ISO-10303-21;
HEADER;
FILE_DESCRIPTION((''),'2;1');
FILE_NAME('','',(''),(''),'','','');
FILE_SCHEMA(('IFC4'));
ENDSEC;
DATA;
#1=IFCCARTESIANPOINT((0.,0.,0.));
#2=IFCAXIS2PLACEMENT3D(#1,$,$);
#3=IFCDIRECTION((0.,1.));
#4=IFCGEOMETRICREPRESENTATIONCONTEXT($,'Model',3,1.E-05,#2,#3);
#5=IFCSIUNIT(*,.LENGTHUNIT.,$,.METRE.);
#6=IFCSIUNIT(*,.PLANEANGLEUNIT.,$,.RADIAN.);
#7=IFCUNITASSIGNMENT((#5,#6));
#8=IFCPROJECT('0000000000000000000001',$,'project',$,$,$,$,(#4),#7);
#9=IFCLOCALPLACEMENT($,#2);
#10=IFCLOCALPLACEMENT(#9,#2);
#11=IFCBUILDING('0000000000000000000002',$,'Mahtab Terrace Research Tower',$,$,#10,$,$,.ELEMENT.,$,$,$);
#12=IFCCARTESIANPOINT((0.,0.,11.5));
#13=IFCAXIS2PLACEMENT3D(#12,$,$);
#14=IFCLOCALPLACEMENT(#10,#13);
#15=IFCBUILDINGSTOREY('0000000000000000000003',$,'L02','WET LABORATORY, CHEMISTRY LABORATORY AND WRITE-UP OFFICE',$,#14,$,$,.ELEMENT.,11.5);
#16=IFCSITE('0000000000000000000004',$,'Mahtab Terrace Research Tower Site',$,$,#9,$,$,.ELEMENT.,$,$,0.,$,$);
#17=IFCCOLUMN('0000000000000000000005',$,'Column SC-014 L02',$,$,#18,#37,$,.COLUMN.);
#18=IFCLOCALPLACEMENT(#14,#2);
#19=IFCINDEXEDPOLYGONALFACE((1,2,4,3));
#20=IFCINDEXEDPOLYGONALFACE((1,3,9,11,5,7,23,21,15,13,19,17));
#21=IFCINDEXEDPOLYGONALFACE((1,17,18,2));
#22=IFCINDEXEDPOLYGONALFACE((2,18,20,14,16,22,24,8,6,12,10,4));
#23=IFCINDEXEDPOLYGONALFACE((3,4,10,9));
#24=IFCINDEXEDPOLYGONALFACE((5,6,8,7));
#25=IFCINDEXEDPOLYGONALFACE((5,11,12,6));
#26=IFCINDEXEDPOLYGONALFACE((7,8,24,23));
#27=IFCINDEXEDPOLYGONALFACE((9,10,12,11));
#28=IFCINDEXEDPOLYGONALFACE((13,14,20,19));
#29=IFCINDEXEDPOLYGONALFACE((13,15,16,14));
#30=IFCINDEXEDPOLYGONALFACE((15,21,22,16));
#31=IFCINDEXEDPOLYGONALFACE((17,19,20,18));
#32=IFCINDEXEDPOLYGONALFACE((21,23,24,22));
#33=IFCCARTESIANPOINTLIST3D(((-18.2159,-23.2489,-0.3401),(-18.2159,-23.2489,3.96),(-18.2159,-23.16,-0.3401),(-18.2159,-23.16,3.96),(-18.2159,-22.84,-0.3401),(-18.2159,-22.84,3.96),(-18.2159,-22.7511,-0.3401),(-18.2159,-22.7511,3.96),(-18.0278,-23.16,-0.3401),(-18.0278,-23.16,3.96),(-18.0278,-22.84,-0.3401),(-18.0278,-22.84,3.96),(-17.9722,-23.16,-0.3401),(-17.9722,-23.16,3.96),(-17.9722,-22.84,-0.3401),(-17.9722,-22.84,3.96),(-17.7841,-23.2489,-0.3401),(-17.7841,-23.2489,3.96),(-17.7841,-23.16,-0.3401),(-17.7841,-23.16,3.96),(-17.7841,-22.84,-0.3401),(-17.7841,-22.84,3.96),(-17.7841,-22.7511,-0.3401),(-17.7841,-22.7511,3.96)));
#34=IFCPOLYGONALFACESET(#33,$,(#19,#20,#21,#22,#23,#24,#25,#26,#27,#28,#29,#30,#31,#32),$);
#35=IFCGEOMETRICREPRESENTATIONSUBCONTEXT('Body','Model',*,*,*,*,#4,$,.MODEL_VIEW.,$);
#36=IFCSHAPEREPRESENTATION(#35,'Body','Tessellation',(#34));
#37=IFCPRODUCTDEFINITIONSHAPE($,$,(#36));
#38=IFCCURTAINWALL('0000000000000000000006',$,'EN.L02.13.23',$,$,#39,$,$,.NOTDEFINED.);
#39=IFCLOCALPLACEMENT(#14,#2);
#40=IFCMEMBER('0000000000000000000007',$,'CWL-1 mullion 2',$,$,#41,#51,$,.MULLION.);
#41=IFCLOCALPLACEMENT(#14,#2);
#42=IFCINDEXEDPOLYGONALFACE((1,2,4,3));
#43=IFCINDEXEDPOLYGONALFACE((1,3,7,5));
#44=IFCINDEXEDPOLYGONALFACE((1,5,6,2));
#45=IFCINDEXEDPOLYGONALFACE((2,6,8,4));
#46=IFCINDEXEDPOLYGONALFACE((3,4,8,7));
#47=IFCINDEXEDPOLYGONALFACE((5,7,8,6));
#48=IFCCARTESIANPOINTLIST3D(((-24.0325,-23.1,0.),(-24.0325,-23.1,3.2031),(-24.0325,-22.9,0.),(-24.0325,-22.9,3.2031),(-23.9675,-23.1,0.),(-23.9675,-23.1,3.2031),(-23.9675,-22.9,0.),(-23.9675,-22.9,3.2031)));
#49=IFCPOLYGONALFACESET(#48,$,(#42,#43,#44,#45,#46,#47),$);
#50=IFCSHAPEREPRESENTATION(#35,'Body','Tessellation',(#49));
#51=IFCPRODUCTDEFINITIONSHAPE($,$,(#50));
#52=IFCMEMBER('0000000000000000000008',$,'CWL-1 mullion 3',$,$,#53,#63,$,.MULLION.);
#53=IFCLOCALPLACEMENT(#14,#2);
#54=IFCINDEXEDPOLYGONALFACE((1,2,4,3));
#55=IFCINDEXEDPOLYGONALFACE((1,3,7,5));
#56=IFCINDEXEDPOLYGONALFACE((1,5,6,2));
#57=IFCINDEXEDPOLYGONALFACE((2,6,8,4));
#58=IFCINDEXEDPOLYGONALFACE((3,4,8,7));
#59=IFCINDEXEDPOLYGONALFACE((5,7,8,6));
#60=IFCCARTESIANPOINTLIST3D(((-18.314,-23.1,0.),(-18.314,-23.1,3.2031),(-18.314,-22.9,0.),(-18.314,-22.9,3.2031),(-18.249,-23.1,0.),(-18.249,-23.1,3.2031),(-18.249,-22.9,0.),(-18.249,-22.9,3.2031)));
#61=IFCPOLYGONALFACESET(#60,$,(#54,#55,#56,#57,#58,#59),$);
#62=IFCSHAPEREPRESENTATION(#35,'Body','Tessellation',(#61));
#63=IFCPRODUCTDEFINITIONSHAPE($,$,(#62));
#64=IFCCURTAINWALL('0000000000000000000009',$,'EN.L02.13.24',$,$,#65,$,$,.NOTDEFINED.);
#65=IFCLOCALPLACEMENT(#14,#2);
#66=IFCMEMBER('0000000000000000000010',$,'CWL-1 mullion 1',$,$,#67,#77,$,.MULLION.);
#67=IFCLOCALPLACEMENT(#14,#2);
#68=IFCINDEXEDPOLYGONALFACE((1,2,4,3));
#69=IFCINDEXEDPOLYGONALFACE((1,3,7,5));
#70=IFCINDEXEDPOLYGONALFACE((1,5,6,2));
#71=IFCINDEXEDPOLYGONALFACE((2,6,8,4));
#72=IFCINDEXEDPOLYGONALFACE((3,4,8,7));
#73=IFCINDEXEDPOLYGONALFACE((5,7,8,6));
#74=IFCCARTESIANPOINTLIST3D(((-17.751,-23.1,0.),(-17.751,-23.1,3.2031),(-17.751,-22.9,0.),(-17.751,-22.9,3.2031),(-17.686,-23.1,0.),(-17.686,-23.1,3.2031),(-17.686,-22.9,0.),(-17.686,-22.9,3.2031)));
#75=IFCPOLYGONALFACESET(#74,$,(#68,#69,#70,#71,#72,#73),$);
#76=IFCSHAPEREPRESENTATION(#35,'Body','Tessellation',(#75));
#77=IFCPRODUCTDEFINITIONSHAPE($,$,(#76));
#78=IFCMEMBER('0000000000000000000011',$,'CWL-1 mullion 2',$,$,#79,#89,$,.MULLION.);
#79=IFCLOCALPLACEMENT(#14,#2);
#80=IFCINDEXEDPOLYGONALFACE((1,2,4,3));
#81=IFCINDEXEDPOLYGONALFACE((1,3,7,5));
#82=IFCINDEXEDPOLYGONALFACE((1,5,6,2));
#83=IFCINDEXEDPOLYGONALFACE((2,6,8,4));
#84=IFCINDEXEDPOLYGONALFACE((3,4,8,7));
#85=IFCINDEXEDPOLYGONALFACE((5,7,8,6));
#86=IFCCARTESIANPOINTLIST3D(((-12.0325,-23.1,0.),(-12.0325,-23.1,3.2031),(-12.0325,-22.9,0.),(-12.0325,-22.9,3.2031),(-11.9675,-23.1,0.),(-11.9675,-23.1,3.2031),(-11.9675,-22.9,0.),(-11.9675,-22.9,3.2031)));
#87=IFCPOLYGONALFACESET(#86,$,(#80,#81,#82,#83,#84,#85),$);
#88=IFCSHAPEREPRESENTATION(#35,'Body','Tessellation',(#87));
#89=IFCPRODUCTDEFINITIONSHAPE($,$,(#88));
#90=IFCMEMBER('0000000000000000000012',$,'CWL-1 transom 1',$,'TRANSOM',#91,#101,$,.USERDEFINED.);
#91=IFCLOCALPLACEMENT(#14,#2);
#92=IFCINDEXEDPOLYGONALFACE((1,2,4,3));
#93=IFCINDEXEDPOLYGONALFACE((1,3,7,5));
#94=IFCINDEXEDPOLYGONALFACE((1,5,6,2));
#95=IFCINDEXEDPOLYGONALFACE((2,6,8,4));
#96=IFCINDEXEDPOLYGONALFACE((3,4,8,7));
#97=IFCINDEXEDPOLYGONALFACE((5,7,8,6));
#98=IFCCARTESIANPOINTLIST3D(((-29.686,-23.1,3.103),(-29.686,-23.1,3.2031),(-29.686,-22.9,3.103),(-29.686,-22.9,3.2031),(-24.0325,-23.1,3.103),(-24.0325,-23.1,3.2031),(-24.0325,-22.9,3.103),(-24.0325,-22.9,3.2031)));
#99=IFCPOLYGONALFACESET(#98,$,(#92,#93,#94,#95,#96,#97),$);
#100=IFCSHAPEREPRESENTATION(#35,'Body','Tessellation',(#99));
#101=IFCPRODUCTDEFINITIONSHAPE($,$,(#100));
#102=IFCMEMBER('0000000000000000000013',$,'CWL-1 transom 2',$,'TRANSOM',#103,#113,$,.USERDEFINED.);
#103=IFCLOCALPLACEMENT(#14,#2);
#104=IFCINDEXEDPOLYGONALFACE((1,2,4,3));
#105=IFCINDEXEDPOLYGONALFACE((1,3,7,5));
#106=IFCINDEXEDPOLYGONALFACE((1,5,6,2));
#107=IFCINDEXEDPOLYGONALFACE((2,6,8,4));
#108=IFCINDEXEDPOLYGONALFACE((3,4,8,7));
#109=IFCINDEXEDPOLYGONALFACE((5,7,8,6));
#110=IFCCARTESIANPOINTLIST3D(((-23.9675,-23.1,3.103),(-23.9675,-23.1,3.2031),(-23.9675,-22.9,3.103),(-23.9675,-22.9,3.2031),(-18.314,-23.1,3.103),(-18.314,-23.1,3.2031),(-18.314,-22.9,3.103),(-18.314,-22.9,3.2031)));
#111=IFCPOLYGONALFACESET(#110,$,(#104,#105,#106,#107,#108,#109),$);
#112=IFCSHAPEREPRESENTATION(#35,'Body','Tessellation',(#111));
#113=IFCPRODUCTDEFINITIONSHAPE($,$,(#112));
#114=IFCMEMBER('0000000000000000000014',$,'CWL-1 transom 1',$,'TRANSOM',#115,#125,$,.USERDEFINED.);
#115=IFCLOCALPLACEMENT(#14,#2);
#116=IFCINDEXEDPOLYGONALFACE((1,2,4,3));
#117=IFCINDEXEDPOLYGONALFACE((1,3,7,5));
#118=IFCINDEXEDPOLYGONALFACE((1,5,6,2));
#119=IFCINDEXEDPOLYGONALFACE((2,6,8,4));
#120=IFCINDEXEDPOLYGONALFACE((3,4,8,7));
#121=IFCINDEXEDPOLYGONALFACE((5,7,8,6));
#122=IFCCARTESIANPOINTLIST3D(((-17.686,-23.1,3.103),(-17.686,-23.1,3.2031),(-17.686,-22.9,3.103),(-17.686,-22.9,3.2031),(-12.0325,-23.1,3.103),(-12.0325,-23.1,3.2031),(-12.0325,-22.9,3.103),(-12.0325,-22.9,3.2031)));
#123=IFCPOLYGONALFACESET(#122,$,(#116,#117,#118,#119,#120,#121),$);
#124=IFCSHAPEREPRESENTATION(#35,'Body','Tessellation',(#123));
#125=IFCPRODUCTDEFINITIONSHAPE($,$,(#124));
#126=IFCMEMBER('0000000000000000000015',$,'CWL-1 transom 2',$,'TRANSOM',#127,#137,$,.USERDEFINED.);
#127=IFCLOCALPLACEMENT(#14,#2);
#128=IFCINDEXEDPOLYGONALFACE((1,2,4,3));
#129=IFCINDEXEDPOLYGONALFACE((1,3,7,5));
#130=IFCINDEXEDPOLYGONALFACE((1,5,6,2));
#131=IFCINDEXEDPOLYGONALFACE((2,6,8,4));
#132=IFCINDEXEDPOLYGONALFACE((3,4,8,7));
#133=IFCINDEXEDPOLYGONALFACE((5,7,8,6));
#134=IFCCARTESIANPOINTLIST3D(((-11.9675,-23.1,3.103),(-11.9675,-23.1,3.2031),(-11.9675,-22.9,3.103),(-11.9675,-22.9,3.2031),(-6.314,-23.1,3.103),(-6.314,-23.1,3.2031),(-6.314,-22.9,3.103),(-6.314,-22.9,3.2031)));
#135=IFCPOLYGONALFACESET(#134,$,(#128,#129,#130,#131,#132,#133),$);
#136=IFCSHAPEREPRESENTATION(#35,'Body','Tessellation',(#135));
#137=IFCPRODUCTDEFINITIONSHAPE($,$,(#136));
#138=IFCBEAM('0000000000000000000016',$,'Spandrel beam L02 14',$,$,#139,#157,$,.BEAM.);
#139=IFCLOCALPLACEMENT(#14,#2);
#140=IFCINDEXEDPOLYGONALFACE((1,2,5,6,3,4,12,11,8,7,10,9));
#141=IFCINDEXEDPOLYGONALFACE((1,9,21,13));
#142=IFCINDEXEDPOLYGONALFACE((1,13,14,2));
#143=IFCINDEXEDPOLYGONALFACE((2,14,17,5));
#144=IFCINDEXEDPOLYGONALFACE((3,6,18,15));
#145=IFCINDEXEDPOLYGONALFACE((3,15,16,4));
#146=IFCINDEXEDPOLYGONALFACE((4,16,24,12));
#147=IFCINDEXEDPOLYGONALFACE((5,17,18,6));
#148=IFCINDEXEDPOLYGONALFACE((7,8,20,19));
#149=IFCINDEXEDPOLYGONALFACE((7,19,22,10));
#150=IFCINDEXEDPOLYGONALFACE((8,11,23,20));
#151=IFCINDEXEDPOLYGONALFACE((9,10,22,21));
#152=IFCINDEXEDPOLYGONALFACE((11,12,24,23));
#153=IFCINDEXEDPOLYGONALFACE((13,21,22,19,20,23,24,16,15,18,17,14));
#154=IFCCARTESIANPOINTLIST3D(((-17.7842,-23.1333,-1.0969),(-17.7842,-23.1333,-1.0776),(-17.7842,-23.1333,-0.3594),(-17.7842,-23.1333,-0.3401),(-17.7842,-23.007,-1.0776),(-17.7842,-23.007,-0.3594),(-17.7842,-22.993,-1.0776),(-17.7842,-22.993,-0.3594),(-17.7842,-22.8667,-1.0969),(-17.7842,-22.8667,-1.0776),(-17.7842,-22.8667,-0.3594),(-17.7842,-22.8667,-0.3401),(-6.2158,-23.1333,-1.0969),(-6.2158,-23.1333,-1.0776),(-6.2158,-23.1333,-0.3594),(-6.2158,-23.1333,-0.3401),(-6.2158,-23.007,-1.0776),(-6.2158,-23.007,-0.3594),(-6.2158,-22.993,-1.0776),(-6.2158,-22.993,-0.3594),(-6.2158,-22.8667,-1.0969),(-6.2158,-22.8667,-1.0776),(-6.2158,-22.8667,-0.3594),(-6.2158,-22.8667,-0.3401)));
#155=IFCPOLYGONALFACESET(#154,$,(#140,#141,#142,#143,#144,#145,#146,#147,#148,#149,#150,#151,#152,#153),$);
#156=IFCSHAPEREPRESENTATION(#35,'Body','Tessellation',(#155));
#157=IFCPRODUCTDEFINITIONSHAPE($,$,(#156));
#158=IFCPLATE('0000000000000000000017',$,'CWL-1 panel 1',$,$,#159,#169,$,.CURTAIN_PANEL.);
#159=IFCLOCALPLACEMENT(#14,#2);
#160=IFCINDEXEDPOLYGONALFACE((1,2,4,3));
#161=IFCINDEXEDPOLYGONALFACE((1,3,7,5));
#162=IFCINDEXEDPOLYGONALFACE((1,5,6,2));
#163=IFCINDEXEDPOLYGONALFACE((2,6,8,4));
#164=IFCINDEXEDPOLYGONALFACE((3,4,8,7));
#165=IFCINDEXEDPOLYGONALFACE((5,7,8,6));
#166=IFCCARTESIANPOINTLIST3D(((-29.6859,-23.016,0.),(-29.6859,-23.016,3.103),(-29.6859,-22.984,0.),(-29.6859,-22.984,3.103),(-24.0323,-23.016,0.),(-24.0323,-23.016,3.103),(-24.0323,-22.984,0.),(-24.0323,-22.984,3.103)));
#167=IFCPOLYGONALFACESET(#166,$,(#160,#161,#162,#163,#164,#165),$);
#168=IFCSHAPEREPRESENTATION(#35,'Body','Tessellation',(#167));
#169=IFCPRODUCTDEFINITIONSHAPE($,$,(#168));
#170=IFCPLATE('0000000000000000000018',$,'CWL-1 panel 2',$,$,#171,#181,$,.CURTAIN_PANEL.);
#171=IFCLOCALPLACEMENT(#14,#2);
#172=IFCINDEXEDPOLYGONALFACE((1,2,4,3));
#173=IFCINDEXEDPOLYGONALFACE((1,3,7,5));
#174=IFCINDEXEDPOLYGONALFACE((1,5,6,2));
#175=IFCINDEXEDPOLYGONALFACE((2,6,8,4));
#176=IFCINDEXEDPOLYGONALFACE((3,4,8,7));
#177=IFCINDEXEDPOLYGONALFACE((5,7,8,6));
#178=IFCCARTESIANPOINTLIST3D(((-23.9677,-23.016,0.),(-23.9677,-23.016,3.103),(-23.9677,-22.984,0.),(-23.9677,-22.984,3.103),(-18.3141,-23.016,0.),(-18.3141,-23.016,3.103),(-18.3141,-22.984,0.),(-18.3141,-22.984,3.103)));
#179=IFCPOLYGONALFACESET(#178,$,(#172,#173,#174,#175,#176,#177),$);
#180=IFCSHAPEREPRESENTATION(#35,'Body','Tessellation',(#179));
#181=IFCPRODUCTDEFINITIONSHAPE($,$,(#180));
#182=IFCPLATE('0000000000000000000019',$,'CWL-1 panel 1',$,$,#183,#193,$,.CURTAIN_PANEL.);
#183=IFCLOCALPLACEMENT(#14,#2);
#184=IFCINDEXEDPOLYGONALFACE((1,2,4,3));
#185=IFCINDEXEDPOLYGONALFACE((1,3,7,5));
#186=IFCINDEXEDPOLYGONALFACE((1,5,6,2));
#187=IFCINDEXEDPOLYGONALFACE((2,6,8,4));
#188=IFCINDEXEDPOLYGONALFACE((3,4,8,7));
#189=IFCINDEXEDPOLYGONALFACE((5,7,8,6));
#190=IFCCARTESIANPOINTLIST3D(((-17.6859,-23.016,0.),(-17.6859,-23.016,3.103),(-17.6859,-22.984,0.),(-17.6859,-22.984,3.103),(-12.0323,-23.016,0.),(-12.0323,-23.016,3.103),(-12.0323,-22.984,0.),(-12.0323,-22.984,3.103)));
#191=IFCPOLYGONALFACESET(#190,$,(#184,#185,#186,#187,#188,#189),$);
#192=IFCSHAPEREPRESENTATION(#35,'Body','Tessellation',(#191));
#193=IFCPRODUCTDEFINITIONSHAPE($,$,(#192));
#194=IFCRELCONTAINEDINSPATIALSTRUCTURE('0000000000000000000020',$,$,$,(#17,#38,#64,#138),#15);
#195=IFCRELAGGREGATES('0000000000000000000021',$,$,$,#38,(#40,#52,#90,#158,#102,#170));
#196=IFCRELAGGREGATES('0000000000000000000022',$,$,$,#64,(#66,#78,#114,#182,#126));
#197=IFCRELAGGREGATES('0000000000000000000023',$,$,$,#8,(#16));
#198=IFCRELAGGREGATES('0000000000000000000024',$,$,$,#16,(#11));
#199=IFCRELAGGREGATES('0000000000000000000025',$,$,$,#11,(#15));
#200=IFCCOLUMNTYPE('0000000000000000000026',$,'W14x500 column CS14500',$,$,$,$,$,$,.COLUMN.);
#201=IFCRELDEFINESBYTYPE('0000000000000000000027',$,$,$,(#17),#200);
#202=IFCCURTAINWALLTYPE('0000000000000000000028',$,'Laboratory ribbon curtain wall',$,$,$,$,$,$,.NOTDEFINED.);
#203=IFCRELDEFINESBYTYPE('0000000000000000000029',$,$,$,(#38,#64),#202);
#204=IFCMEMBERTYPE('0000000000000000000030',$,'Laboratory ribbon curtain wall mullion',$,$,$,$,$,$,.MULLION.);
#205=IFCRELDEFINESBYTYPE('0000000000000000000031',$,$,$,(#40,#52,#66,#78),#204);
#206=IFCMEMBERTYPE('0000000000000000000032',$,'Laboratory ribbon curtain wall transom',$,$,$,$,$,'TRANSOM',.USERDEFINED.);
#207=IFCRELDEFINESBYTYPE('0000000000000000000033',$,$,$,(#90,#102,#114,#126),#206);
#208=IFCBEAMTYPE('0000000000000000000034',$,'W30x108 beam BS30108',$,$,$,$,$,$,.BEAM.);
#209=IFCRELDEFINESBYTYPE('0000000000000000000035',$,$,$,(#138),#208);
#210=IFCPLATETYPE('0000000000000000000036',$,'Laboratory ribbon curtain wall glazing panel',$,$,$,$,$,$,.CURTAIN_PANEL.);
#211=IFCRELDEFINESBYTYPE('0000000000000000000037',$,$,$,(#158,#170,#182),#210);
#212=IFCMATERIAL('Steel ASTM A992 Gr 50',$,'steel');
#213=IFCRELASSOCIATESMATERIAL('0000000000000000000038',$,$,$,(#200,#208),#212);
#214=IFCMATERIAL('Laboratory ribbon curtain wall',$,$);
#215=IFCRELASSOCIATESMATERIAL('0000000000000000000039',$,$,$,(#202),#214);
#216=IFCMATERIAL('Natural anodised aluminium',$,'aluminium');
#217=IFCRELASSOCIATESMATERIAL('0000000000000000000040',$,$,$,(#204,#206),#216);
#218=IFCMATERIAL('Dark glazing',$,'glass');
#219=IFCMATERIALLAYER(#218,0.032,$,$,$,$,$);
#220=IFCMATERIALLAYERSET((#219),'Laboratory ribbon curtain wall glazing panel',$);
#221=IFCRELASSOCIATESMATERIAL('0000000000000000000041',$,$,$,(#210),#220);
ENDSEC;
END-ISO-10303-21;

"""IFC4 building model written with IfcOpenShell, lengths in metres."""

from ifc_helpers import new_model, si_unit, direction, frame, origin, origin_2d, place, context, subcontext, project, spatial, rectangle, i_section, extrude, material, layer, layer_set, material_profile, profile_set, type_object, element, aggregate, save


model = new_model("IFC4")

# Units and contexts
model_context = context("Model", 3, precision=1e-05, world=origin(), true_north=direction((0.0, 1.0)))
body_context = subcontext(model_context, "Body", "Model", "MODEL_VIEW")
ifc_project = project(units=[si_unit("LENGTHUNIT", "METRE"), si_unit("PLANEANGLEUNIT", "RADIAN")], contexts=[model_context])

# Site, building, storey
site_placement = place(None, origin())
site = spatial("IfcSite", under=ifc_project, at=site_placement, Name="Mahtab Terrace Research Tower Site", CompositionType="ELEMENT", RefElevation=0.0)
building_placement = place(site_placement, origin())
building = spatial("IfcBuilding", under=site, at=building_placement, Name="Mahtab Terrace Research Tower", CompositionType="ELEMENT")
storey_placement = place(building_placement, frame((0.0, 0.0, 11.5)))
storey = spatial("IfcBuildingStorey", under=building, at=storey_placement, Name="L02", Description="WET LABORATORY, CHEMISTRY LABORATORY AND WRITE-UP OFFICE", CompositionType="ELEMENT", Elevation=11.5)

# Column
ifc_material_1 = material(Name="Steel ASTM A992 Gr 50", Category="steel")
ifc_material_profile_1 = material_profile(ifc_material_1, i_section(OverallWidth=0.4319, OverallDepth=0.4978, WebThickness=0.0557, FlangeThickness=0.0889, at=origin_2d()), Name="W14X500")
ifc_profile_set_1 = profile_set([ifc_material_profile_1], Name="Steel ASTM A992 Gr 50")
column_type = type_object("IfcColumnType", Name="W14x500 column CS14500", PredefinedType="COLUMN", material=ifc_profile_set_1)
column_placement = place(storey_placement, frame((-18.0, -23.0, -0.3401), z_axis=(0.0, 0.0, 1.0), x_axis=(1.0, 0.0, 0.0)))
element("IfcColumn", 1, at=column_placement, inside=storey, type_object=column_type, Name="Column SC-014 L02", PredefinedType="COLUMN", context=body_context, shape_type="SweptSolid", body=[
    extrude(i_section(OverallWidth=0.4319, OverallDepth=0.4978, WebThickness=0.0557, FlangeThickness=0.0889, at=origin_2d()), origin(), (0.0, 0.0, 1.0), 4.3),
])

# Curtain walls, members
ifc_material_2 = material(Name="Laboratory ribbon curtain wall")
curtain_wall_type = type_object("IfcCurtainWallType", Name="Laboratory ribbon curtain wall", PredefinedType="NOTDEFINED", material=ifc_material_2)
curtain_wall_1_placement = place(storey_placement, origin())
curtain_wall_1 = element("IfcCurtainWall", 2, at=curtain_wall_1_placement, inside=storey, type_object=curtain_wall_type, Name="EN.L02.13.23", PredefinedType="NOTDEFINED")
ifc_material_3 = material(Name="Natural anodised aluminium", Category="aluminium")
ifc_material_profile_2 = material_profile(ifc_material_3, rectangle(XDim=0.2, YDim=0.0649, at=origin_2d()), Name="MULLION 65x200")
ifc_profile_set_2 = profile_set([ifc_material_profile_2], Name="Natural anodised aluminium")
member_type_1 = type_object("IfcMemberType", Name="Laboratory ribbon curtain wall mullion", PredefinedType="MULLION", material=ifc_profile_set_2)
member_1_placement = place(storey_placement, frame((-24.0, -23.0, 0.0), z_axis=(0.0, 0.0, 1.0), x_axis=(0.0, 1.0, 0.0)))
member_1 = element("IfcMember", 3, at=member_1_placement, type_object=member_type_1, Name="CWL-1 mullion 2", PredefinedType="MULLION", context=body_context, shape_type="SweptSolid", body=[
    extrude(rectangle(XDim=0.2, YDim=0.0649, at=origin_2d()), origin(), (0.0, 0.0, 1.0), 3.2031),
])
member_2_placement = place(storey_placement, frame((-18.2815, -23.0, 0.0), z_axis=(0.0, 0.0, 1.0), x_axis=(0.0, 1.0, 0.0)))
member_2 = element("IfcMember", 4, at=member_2_placement, type_object=member_type_1, Name="CWL-1 mullion 3", PredefinedType="MULLION", context=body_context, shape_type="SweptSolid", body=[
    extrude(rectangle(XDim=0.2, YDim=0.0649, at=origin_2d()), origin(), (0.0, 0.0, 1.0), 3.2031),
])
curtain_wall_2_placement = place(storey_placement, origin())
curtain_wall_2 = element("IfcCurtainWall", 5, at=curtain_wall_2_placement, inside=storey, type_object=curtain_wall_type, Name="EN.L02.13.24", PredefinedType="NOTDEFINED")
member_3_placement = place(storey_placement, frame((-17.7185, -23.0, 0.0), z_axis=(0.0, 0.0, 1.0), x_axis=(0.0, 1.0, 0.0)))
member_3 = element("IfcMember", 6, at=member_3_placement, type_object=member_type_1, Name="CWL-1 mullion 1", PredefinedType="MULLION", context=body_context, shape_type="SweptSolid", body=[
    extrude(rectangle(XDim=0.2, YDim=0.0649, at=origin_2d()), origin(), (0.0, 0.0, 1.0), 3.2031),
])
member_4_placement = place(storey_placement, frame((-12.0, -23.0, 0.0), z_axis=(0.0, 0.0, 1.0), x_axis=(0.0, 1.0, 0.0)))
member_4 = element("IfcMember", 7, at=member_4_placement, type_object=member_type_1, Name="CWL-1 mullion 2", PredefinedType="MULLION", context=body_context, shape_type="SweptSolid", body=[
    extrude(rectangle(XDim=0.2, YDim=0.0649, at=origin_2d()), origin(), (0.0, 0.0, 1.0), 3.2031),
])

# Members
ifc_material_profile_3 = material_profile(ifc_material_3, rectangle(XDim=0.2, YDim=0.1001, at=origin_2d()), Name="TRANSOM 100x200")
ifc_profile_set_3 = profile_set([ifc_material_profile_3], Name="Natural anodised aluminium")
member_type_2 = type_object("IfcMemberType", Name="Laboratory ribbon curtain wall transom", ElementType="TRANSOM", PredefinedType="USERDEFINED", material=ifc_profile_set_3)
member_5_placement = place(storey_placement, frame((-29.686, -23.0, 3.1531), z_axis=(1.0, 0.0, 0.0), x_axis=(0.0, 1.0, 0.0)))
member_5 = element("IfcMember", 8, at=member_5_placement, type_object=member_type_2, Name="CWL-1 transom 1", ObjectType="TRANSOM", PredefinedType="USERDEFINED", context=body_context, shape_type="SweptSolid", body=[
    extrude(rectangle(XDim=0.2, YDim=0.1001, at=origin_2d()), origin(), (0.0, 0.0, 1.0), 5.6536),
])
member_6_placement = place(storey_placement, frame((-23.9675, -23.0, 3.1531), z_axis=(1.0, 0.0, 0.0), x_axis=(0.0, 1.0, 0.0)))
member_6 = element("IfcMember", 9, at=member_6_placement, type_object=member_type_2, Name="CWL-1 transom 2", ObjectType="TRANSOM", PredefinedType="USERDEFINED", context=body_context, shape_type="SweptSolid", body=[
    extrude(rectangle(XDim=0.2, YDim=0.1001, at=origin_2d()), origin(), (0.0, 0.0, 1.0), 5.6536),
])
member_7_placement = place(storey_placement, frame((-17.686, -23.0, 3.1531), z_axis=(1.0, 0.0, 0.0), x_axis=(0.0, 1.0, 0.0)))
member_7 = element("IfcMember", 10, at=member_7_placement, type_object=member_type_2, Name="CWL-1 transom 1", ObjectType="TRANSOM", PredefinedType="USERDEFINED", context=body_context, shape_type="SweptSolid", body=[
    extrude(rectangle(XDim=0.2, YDim=0.1001, at=origin_2d()), origin(), (0.0, 0.0, 1.0), 5.6536),
])
member_8_placement = place(storey_placement, frame((-11.9675, -23.0, 3.1531), z_axis=(1.0, 0.0, 0.0), x_axis=(0.0, 1.0, 0.0)))
member_8 = element("IfcMember", 11, at=member_8_placement, type_object=member_type_2, Name="CWL-1 transom 2", ObjectType="TRANSOM", PredefinedType="USERDEFINED", context=body_context, shape_type="SweptSolid", body=[
    extrude(rectangle(XDim=0.2, YDim=0.1001, at=origin_2d()), origin(), (0.0, 0.0, 1.0), 5.6536),
])

# Beam
ifc_material_profile_4 = material_profile(ifc_material_1, i_section(OverallWidth=0.2666, OverallDepth=0.7568, WebThickness=0.0139, FlangeThickness=0.0193, at=origin_2d()), Name="W30X108")
ifc_profile_set_4 = profile_set([ifc_material_profile_4], Name="Steel ASTM A992 Gr 50")
beam_type = type_object("IfcBeamType", Name="W30x108 beam BS30108", PredefinedType="BEAM", material=ifc_profile_set_4)
beam_placement = place(storey_placement, frame((-17.7842, -23.0, -0.7185), z_axis=(1.0, 0.0, 0.0), x_axis=(0.0, 1.0, 0.0)))
element("IfcBeam", 12, at=beam_placement, inside=storey, type_object=beam_type, Name="Spandrel beam L02 14", PredefinedType="BEAM", context=body_context, shape_type="SweptSolid", body=[
    extrude(i_section(OverallWidth=0.2666, OverallDepth=0.7568, WebThickness=0.0139, FlangeThickness=0.0193, at=origin_2d()), origin(), (0.0, 0.0, 1.0), 11.5684),
])

# Plates
ifc_material_4 = material(Name="Dark glazing", Category="glass")
ifc_layer_1 = layer(ifc_material_4, 0.032)
ifc_layer_set_1 = layer_set([ifc_layer_1], Name="Laboratory ribbon curtain wall glazing panel")
plate_type = type_object("IfcPlateType", Name="Laboratory ribbon curtain wall glazing panel", PredefinedType="CURTAIN_PANEL", material=ifc_layer_set_1)
plate_1_placement = place(storey_placement, frame((-26.8591, -23.0, 0.0), z_axis=(0.0, 0.0, 1.0), x_axis=(1.0, 0.0, 0.0)))
plate_1 = element("IfcPlate", 13, at=plate_1_placement, type_object=plate_type, Name="CWL-1 panel 1", PredefinedType="CURTAIN_PANEL", context=body_context, shape_type="SweptSolid", body=[
    extrude(rectangle(XDim=5.6536, YDim=0.032, at=origin_2d()), origin(), (0.0, 0.0, 1.0), 3.103),
])
plate_2_placement = place(storey_placement, frame((-21.1409, -23.0, 0.0), z_axis=(0.0, 0.0, 1.0), x_axis=(1.0, 0.0, 0.0)))
plate_2 = element("IfcPlate", 14, at=plate_2_placement, type_object=plate_type, Name="CWL-1 panel 2", PredefinedType="CURTAIN_PANEL", context=body_context, shape_type="SweptSolid", body=[
    extrude(rectangle(XDim=5.6536, YDim=0.032, at=origin_2d()), origin(), (0.0, 0.0, 1.0), 3.103),
])
aggregate(curtain_wall_1, [member_1, member_2, member_5, plate_1, member_6, plate_2])
plate_3_placement = place(storey_placement, frame((-14.8591, -23.0, 0.0), z_axis=(0.0, 0.0, 1.0), x_axis=(1.0, 0.0, 0.0)))
plate_3 = element("IfcPlate", 15, at=plate_3_placement, type_object=plate_type, Name="CWL-1 panel 1", PredefinedType="CURTAIN_PANEL", context=body_context, shape_type="SweptSolid", body=[
    extrude(rectangle(XDim=5.6536, YDim=0.032, at=origin_2d()), origin(), (0.0, 0.0, 1.0), 3.103),
])
aggregate(curtain_wall_2, [member_3, member_4, member_7, plate_3, member_8])

save(model, "model.ifc")
